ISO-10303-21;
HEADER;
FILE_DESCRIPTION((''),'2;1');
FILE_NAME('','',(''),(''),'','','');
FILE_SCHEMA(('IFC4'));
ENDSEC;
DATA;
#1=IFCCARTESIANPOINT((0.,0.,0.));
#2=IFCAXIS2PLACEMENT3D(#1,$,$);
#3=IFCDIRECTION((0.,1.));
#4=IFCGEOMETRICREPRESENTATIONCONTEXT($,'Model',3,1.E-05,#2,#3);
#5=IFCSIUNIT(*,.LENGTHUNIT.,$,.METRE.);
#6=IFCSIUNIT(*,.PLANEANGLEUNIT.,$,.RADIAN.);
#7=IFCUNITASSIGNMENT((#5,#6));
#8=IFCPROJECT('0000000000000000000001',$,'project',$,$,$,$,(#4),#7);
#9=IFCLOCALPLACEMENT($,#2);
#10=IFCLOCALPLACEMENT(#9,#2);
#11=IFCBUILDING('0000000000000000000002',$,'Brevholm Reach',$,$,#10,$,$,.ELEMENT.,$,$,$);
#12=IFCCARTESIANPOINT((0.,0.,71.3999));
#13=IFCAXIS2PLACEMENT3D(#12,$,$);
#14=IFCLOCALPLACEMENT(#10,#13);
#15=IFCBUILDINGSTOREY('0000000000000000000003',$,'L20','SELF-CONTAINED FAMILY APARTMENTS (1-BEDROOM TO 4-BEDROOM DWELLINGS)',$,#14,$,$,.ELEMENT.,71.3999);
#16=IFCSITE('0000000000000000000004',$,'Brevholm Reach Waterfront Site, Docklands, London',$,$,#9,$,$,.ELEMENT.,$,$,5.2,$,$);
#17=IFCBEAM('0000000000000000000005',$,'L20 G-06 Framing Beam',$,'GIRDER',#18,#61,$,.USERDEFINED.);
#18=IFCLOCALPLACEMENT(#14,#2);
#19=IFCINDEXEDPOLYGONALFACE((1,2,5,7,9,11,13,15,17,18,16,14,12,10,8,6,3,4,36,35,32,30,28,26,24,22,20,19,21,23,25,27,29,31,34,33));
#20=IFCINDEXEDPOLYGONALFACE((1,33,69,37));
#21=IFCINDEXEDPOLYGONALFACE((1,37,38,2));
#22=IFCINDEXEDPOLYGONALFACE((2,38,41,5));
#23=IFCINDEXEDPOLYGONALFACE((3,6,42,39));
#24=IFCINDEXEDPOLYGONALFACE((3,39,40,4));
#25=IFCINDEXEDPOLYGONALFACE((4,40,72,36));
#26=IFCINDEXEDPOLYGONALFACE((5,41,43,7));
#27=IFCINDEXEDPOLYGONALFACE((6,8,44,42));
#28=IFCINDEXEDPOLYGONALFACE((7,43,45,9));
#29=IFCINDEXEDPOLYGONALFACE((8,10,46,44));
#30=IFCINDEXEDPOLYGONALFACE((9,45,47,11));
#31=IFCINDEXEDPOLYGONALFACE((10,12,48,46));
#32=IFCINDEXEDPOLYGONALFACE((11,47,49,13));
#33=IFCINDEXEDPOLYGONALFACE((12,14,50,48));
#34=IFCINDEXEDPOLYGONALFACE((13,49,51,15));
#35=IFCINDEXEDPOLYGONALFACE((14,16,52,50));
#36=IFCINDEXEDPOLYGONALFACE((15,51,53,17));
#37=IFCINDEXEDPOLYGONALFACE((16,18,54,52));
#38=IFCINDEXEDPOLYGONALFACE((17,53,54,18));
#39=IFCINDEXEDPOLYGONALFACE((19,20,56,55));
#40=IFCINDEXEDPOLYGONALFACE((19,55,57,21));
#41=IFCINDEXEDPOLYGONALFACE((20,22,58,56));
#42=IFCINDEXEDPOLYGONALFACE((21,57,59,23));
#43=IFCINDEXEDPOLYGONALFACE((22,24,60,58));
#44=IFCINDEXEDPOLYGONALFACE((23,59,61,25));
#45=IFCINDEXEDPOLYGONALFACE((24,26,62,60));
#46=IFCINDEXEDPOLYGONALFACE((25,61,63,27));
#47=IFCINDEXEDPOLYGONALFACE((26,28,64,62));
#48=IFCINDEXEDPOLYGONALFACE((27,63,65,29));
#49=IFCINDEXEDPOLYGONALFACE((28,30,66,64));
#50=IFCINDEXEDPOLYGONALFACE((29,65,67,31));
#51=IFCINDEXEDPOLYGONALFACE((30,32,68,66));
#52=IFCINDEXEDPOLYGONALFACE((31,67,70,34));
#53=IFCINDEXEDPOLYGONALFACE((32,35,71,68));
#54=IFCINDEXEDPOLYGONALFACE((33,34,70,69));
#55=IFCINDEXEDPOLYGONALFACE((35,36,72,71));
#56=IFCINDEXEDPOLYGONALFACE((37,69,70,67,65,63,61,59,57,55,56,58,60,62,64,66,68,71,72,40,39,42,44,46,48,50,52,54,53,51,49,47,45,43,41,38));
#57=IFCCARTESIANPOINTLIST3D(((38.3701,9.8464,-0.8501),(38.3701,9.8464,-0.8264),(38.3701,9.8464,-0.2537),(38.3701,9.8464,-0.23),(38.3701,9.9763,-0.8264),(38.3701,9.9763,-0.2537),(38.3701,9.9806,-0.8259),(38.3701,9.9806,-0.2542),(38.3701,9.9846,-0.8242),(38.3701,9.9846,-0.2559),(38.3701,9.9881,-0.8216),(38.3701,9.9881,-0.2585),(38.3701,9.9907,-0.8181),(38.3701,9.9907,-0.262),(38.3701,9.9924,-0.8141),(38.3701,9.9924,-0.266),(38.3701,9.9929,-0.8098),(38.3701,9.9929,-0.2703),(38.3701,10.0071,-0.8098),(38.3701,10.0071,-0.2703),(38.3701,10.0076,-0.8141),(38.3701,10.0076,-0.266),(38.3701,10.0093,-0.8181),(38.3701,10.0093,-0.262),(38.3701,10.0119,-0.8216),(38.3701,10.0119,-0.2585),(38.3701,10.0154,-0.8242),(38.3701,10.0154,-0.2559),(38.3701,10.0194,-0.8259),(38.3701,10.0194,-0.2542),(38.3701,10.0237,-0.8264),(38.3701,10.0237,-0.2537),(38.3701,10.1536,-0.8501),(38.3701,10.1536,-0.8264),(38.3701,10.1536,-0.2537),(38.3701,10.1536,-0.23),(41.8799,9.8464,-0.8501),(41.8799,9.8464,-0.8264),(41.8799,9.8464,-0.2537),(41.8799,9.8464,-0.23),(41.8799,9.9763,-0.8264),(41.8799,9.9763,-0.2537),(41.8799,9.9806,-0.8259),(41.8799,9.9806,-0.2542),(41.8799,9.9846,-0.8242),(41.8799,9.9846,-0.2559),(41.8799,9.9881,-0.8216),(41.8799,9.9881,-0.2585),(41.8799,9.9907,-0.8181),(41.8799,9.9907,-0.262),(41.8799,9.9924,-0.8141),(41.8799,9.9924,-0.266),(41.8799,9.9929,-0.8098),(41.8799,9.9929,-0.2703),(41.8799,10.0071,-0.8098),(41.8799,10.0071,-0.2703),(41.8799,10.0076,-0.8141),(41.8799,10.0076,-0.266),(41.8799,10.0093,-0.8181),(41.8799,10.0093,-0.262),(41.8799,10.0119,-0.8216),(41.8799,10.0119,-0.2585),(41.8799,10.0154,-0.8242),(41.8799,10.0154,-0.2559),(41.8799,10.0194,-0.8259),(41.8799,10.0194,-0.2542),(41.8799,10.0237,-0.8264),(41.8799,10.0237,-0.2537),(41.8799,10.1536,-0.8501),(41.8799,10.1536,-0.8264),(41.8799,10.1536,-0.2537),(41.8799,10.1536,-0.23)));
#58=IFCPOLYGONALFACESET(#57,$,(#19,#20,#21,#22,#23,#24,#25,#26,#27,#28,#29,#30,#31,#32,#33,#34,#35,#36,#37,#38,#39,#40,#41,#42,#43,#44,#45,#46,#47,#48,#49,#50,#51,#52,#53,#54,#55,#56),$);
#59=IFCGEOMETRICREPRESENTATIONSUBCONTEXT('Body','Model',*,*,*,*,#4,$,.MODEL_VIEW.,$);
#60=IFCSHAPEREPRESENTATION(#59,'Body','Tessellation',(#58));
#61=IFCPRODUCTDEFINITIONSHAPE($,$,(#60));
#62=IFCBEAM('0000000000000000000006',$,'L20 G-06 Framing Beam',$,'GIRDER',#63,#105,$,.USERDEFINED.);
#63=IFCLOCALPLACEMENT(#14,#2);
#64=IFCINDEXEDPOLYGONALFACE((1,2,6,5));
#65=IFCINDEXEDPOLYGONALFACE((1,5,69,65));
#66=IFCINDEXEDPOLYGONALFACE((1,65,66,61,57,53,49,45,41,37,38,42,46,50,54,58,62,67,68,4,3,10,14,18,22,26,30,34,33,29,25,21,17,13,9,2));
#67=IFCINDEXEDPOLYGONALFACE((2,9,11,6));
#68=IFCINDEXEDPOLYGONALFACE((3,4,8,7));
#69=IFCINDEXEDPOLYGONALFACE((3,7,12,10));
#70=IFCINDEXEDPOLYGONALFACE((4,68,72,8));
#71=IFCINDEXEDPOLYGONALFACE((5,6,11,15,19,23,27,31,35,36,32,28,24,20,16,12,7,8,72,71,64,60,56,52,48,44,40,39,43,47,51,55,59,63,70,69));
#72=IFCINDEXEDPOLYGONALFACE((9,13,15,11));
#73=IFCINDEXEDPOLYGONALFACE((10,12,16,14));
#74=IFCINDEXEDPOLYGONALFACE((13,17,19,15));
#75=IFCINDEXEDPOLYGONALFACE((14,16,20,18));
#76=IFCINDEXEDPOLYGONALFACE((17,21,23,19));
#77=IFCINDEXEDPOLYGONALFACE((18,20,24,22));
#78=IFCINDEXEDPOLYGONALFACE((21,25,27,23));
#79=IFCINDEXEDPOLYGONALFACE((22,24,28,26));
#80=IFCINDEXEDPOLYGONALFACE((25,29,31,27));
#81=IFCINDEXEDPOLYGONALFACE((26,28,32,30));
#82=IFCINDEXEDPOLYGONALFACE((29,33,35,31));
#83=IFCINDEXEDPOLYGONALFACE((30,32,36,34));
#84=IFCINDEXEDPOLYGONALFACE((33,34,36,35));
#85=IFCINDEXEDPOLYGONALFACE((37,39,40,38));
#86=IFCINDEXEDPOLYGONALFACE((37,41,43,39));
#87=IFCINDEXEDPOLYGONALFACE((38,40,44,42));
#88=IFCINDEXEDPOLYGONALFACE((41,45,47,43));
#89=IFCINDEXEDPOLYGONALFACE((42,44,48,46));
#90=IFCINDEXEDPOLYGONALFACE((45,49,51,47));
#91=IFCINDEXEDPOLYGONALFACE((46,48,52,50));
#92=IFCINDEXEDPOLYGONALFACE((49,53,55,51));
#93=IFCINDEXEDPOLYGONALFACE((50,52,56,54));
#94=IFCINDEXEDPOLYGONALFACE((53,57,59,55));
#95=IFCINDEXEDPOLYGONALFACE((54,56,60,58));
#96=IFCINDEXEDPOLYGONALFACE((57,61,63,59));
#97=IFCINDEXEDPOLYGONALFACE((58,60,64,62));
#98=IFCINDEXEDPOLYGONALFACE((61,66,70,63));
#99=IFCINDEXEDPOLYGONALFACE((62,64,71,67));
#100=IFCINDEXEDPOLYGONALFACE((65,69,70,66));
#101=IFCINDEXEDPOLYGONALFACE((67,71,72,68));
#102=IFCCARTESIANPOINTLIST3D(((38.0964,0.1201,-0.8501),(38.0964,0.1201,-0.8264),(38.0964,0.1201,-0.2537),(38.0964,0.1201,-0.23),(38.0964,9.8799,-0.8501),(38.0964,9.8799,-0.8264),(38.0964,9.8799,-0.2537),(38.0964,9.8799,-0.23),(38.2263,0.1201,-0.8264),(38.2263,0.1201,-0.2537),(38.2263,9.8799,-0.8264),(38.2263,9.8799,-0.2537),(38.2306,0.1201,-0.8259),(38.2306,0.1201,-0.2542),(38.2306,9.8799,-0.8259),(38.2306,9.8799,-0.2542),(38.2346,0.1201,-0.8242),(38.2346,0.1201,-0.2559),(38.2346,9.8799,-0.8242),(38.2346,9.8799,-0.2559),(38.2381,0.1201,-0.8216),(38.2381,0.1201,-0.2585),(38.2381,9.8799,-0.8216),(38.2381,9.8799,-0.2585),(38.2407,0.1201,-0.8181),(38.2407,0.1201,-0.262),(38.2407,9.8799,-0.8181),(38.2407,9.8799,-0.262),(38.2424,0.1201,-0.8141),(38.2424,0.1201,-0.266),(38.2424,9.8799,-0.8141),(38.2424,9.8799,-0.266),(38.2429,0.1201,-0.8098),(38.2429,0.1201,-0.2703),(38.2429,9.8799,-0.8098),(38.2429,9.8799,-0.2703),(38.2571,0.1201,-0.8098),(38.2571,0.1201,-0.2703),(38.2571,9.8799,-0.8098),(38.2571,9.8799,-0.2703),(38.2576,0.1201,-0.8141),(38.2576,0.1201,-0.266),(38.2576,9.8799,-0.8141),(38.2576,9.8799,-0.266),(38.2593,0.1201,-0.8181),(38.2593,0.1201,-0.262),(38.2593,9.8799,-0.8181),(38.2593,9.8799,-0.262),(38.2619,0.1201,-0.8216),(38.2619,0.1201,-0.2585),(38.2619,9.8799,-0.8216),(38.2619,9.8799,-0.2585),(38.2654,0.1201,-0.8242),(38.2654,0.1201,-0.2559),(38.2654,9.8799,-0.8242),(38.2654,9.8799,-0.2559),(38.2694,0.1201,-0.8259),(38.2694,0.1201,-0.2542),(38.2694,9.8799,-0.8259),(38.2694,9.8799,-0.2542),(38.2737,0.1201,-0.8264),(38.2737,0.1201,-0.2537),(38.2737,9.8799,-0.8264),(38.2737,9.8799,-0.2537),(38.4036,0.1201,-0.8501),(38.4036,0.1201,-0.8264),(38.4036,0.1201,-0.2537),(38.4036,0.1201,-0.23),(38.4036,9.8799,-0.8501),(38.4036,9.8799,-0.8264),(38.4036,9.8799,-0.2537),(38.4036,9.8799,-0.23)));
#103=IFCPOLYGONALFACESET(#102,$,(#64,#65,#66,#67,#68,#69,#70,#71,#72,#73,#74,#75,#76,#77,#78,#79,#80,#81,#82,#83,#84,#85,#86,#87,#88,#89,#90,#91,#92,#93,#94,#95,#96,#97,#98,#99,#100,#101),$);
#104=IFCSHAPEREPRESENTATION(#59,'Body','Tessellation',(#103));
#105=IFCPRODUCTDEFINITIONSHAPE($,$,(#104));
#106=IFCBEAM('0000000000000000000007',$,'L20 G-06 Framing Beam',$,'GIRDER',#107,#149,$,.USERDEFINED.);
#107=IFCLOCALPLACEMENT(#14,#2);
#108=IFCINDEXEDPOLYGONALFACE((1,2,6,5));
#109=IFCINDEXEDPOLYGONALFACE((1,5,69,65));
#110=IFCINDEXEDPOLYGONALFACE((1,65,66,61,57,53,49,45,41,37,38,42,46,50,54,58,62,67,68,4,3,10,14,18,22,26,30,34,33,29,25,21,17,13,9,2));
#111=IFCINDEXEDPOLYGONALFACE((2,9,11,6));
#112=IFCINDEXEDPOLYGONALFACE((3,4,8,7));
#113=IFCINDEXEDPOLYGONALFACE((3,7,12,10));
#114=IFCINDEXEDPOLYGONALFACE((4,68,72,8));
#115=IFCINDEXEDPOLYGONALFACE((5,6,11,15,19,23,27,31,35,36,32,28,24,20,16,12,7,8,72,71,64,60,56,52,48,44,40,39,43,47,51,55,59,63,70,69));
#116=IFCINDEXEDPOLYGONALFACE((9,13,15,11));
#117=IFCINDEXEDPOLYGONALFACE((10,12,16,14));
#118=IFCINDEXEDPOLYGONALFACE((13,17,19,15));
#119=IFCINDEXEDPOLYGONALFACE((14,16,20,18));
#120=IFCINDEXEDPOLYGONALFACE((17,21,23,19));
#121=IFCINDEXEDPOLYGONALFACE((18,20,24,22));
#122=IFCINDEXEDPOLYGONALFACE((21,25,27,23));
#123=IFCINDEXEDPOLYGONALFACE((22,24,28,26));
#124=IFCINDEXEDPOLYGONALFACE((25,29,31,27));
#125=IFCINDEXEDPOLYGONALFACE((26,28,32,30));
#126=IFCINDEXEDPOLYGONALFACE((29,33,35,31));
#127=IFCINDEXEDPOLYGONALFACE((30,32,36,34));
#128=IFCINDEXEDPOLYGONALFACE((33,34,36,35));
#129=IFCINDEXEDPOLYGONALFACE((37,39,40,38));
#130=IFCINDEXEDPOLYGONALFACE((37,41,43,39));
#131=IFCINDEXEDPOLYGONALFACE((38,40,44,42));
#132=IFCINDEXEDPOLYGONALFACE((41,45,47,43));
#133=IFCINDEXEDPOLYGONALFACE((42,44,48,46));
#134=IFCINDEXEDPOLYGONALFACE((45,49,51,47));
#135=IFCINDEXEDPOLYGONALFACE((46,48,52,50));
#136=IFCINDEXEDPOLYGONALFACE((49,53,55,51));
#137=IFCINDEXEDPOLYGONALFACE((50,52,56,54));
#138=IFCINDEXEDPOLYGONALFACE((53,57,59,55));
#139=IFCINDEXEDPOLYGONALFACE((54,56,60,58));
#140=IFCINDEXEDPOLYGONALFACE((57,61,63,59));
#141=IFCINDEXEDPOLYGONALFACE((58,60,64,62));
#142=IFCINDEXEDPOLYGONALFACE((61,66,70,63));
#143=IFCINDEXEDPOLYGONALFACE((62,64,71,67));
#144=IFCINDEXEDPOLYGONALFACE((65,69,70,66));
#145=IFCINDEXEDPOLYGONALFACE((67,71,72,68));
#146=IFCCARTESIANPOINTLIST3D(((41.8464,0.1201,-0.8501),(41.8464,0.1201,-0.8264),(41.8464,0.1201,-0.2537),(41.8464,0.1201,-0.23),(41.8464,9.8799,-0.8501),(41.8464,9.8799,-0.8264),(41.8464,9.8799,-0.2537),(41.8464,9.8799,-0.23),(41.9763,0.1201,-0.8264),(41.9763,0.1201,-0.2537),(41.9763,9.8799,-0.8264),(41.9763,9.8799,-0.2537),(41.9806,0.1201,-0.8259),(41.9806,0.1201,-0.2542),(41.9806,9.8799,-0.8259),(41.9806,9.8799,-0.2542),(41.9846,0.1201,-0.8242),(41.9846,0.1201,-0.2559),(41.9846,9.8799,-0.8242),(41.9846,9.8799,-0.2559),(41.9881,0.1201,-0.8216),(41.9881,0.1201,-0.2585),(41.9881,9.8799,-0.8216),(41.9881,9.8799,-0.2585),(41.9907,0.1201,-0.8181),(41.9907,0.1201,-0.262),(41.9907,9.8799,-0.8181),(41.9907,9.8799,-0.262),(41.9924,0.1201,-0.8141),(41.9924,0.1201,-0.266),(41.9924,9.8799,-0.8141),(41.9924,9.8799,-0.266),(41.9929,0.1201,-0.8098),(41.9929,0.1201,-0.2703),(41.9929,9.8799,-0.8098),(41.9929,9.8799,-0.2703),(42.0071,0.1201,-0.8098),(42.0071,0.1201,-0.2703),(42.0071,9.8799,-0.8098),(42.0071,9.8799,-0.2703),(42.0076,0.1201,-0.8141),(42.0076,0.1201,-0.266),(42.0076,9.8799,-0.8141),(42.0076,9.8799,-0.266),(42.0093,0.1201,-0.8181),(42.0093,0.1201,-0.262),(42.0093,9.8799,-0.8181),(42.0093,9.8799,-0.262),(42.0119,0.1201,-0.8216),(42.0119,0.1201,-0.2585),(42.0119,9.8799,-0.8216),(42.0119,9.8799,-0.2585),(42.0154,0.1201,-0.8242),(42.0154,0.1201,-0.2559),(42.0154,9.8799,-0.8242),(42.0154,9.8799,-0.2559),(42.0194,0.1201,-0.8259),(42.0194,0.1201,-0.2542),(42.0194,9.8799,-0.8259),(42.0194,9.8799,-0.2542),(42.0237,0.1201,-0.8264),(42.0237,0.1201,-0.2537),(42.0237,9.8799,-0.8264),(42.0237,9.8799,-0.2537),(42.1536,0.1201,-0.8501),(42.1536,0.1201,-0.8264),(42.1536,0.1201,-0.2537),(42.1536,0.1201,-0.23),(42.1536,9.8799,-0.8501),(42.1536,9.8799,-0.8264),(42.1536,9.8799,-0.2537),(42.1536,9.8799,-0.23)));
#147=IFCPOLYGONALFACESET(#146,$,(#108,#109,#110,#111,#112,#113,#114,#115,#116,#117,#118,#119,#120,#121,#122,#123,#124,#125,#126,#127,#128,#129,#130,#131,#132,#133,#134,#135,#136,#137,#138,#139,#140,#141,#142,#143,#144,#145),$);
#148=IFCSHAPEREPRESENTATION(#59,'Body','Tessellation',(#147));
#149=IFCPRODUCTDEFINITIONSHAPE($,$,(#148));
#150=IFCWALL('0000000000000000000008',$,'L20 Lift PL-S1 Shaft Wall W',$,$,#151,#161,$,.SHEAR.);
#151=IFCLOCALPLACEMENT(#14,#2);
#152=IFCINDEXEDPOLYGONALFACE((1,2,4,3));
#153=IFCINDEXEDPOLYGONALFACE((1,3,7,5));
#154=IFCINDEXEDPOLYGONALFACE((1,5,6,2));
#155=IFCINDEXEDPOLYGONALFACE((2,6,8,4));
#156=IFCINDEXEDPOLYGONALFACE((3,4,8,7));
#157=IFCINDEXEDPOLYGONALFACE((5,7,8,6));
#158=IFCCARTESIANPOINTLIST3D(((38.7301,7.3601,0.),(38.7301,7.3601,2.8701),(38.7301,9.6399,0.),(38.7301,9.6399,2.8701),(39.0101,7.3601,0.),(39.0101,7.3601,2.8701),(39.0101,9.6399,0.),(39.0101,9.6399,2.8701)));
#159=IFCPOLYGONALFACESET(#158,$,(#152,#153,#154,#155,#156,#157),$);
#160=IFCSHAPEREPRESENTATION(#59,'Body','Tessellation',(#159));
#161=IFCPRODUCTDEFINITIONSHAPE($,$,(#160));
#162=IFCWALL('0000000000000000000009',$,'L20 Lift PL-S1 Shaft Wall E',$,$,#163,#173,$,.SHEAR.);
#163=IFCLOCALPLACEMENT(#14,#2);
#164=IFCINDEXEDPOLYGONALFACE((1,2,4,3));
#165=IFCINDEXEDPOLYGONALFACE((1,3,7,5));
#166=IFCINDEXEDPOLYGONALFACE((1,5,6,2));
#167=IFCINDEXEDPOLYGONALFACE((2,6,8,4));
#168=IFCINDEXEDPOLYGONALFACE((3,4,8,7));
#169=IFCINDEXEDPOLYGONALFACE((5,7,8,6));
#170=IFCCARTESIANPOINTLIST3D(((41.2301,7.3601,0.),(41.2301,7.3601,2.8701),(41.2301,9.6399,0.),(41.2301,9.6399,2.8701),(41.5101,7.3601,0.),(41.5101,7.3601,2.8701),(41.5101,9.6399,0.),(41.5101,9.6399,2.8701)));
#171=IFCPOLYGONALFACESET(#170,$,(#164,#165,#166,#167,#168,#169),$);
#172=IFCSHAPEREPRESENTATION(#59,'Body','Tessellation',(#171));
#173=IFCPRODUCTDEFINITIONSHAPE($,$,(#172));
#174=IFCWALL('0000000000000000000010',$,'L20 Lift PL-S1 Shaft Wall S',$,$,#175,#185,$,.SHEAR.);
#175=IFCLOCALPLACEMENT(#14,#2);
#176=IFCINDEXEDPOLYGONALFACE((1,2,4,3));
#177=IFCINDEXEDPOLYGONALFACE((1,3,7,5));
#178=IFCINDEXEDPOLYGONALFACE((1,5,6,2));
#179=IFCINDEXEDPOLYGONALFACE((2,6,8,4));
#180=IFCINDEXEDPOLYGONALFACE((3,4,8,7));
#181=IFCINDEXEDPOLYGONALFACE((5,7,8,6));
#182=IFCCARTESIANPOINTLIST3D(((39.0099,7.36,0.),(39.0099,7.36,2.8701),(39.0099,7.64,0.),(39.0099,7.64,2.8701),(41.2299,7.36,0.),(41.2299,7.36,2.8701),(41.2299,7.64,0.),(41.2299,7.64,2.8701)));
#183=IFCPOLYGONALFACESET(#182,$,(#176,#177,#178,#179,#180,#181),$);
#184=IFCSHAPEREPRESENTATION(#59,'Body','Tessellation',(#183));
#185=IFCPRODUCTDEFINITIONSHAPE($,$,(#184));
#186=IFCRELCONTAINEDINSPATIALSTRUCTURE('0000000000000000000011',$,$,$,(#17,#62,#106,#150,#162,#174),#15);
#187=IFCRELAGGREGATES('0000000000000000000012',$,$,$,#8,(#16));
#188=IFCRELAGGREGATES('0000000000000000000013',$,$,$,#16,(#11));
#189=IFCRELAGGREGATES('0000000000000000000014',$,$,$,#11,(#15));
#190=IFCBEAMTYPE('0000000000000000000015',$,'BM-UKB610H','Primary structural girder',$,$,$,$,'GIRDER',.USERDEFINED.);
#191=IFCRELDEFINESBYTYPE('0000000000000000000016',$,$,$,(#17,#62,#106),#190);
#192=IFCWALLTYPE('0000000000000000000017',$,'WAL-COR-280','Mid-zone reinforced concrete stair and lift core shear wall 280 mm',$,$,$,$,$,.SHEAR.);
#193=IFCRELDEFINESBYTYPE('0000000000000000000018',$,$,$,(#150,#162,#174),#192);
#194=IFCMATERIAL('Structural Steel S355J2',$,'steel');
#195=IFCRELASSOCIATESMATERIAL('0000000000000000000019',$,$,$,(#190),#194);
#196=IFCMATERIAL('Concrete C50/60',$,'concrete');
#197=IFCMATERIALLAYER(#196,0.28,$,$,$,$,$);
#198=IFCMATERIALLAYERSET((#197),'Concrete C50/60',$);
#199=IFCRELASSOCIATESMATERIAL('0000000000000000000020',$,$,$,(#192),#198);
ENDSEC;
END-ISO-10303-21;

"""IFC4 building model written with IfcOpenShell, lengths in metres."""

from ifc_helpers import new_model, si_unit, direction, frame, frame_2d, origin, origin_2d, place, context, subcontext, project, spatial, rectangle, i_section, extrude, material, layer, layer_set, material_profile, profile_set, type_object, element, save


model = new_model("IFC4")

# Units and contexts
model_context = context("Model", 3, precision=1e-05, world=origin(), true_north=direction((0.0, 1.0)))
body_context = subcontext(model_context, "Body", "Model", "MODEL_VIEW")
ifc_project = project(units=[si_unit("LENGTHUNIT", "METRE"), si_unit("PLANEANGLEUNIT", "RADIAN")], contexts=[model_context])

# Site, building, storey
site_placement = place(None, origin())
site = spatial("IfcSite", under=ifc_project, at=site_placement, Name="Brevholm Reach Waterfront Site, Docklands, London", CompositionType="ELEMENT", RefElevation=5.2)
building_placement = place(site_placement, origin())
building = spatial("IfcBuilding", under=site, at=building_placement, Name="Brevholm Reach", CompositionType="ELEMENT")
storey_placement = place(building_placement, frame((0.0, 0.0, 71.3999)))
storey = spatial("IfcBuildingStorey", under=building, at=storey_placement, Name="L20", Description="SELF-CONTAINED FAMILY APARTMENTS (1-BEDROOM TO 4-BEDROOM DWELLINGS)", CompositionType="ELEMENT", Elevation=71.3999)

# Beams
ifc_material_1 = material(Name="Structural Steel S355J2", Category="steel")
ifc_material_profile_1 = material_profile(ifc_material_1, i_section(OverallWidth=0.3071, OverallDepth=0.6201, WebThickness=0.0142, FlangeThickness=0.0237, FilletRadius=0.0166, at=origin_2d()), Name="UKB 610x305x179")
ifc_profile_set_1 = profile_set([ifc_material_profile_1], Name="Structural Steel S355J2")
beam_type_1 = type_object("IfcBeamType", Name="BM-UKB610H", Description="Primary structural girder", ElementType="GIRDER", PredefinedType="USERDEFINED", material=ifc_profile_set_1)
beam_1_placement = place(storey_placement, frame((38.3701, 10.0, -0.54), z_axis=(1.0, 0.0, 0.0), x_axis=(0.0, 1.0, 0.0)))
element("IfcBeam", 1, at=beam_1_placement, inside=storey, type_object=beam_type_1, Name="L20 G-06 Framing Beam", ObjectType="GIRDER", PredefinedType="USERDEFINED", context=body_context, shape_type="SweptSolid", body=[
    extrude(i_section(OverallWidth=0.3071, OverallDepth=0.6201, WebThickness=0.0142, FlangeThickness=0.0237, FilletRadius=0.0166, at=origin_2d()), origin(), (0.0, 0.0, 1.0), 3.5098),
])
for number, where, z_axis, x_axis, name in (
    (2, (38.25, 0.1201, -0.54), (0.0, 1.0, 0.0), (-1.0, 0.0, 0.0), "L20 G-06 Framing Beam"),
    (3, (42.0, 0.1201, -0.54), (0.0, 1.0, 0.0), (-1.0, 0.0, 0.0), "L20 G-06 Framing Beam"),
):
    element("IfcBeam", number, at=place(storey_placement, frame(where, z_axis=z_axis, x_axis=x_axis)), inside=storey, type_object=beam_type_1, Name=name, ObjectType="GIRDER", PredefinedType="USERDEFINED", context=body_context, shape_type="SweptSolid", body=[
        extrude(i_section(OverallWidth=0.3071, OverallDepth=0.6201, WebThickness=0.0142, FlangeThickness=0.0237, FilletRadius=0.0166, at=origin_2d()), origin(), (0.0, 0.0, 1.0), 9.7598),
    ])

# Walls
ifc_material_2 = material(Name="Concrete C50/60", Category="concrete")
ifc_layer_1 = layer(ifc_material_2, 0.28)
ifc_layer_set_1 = layer_set([ifc_layer_1], Name="Concrete C50/60")
wall_type_1 = type_object("IfcWallType", Name="WAL-COR-280", Description="Mid-zone reinforced concrete stair and lift core shear wall 280 mm", PredefinedType="SHEAR", material=ifc_layer_set_1)
for number, where, z_axis, x_axis, name in (
    (4, (38.8701, 7.3601, 0.0), (0.0, 0.0, 1.0), (0.0, 1.0, 0.0), "L20 Lift PL-S1 Shaft Wall W"),
    (5, (41.3701, 7.3601, 0.0), (0.0, 0.0, 1.0), (0.0, 1.0, 0.0), "L20 Lift PL-S1 Shaft Wall E"),
):
    element("IfcWall", number, at=place(storey_placement, frame(where, z_axis=z_axis, x_axis=x_axis)), inside=storey, type_object=wall_type_1, Name=name, PredefinedType="SHEAR", context=body_context, shape_type="SweptSolid", body=[
        extrude(rectangle(XDim=2.2798, YDim=0.28, at=frame_2d((1.1399, 0.0))), origin(), (0.0, 0.0, 1.0), 2.8701),
    ])
wall_1_placement = place(storey_placement, frame((39.01, 7.5, 0.0), z_axis=(0.0, 0.0, 1.0), x_axis=(1.0, 0.0, 0.0)))
element("IfcWall", 6, at=wall_1_placement, inside=storey, type_object=wall_type_1, Name="L20 Lift PL-S1 Shaft Wall S", PredefinedType="SHEAR", context=body_context, shape_type="SweptSolid", body=[
    extrude(rectangle(XDim=2.22, YDim=0.28, at=frame_2d((1.1099, 0.0))), origin(), (0.0, 0.0, 1.0), 2.8701),
])

save(model, "model.ifc")
